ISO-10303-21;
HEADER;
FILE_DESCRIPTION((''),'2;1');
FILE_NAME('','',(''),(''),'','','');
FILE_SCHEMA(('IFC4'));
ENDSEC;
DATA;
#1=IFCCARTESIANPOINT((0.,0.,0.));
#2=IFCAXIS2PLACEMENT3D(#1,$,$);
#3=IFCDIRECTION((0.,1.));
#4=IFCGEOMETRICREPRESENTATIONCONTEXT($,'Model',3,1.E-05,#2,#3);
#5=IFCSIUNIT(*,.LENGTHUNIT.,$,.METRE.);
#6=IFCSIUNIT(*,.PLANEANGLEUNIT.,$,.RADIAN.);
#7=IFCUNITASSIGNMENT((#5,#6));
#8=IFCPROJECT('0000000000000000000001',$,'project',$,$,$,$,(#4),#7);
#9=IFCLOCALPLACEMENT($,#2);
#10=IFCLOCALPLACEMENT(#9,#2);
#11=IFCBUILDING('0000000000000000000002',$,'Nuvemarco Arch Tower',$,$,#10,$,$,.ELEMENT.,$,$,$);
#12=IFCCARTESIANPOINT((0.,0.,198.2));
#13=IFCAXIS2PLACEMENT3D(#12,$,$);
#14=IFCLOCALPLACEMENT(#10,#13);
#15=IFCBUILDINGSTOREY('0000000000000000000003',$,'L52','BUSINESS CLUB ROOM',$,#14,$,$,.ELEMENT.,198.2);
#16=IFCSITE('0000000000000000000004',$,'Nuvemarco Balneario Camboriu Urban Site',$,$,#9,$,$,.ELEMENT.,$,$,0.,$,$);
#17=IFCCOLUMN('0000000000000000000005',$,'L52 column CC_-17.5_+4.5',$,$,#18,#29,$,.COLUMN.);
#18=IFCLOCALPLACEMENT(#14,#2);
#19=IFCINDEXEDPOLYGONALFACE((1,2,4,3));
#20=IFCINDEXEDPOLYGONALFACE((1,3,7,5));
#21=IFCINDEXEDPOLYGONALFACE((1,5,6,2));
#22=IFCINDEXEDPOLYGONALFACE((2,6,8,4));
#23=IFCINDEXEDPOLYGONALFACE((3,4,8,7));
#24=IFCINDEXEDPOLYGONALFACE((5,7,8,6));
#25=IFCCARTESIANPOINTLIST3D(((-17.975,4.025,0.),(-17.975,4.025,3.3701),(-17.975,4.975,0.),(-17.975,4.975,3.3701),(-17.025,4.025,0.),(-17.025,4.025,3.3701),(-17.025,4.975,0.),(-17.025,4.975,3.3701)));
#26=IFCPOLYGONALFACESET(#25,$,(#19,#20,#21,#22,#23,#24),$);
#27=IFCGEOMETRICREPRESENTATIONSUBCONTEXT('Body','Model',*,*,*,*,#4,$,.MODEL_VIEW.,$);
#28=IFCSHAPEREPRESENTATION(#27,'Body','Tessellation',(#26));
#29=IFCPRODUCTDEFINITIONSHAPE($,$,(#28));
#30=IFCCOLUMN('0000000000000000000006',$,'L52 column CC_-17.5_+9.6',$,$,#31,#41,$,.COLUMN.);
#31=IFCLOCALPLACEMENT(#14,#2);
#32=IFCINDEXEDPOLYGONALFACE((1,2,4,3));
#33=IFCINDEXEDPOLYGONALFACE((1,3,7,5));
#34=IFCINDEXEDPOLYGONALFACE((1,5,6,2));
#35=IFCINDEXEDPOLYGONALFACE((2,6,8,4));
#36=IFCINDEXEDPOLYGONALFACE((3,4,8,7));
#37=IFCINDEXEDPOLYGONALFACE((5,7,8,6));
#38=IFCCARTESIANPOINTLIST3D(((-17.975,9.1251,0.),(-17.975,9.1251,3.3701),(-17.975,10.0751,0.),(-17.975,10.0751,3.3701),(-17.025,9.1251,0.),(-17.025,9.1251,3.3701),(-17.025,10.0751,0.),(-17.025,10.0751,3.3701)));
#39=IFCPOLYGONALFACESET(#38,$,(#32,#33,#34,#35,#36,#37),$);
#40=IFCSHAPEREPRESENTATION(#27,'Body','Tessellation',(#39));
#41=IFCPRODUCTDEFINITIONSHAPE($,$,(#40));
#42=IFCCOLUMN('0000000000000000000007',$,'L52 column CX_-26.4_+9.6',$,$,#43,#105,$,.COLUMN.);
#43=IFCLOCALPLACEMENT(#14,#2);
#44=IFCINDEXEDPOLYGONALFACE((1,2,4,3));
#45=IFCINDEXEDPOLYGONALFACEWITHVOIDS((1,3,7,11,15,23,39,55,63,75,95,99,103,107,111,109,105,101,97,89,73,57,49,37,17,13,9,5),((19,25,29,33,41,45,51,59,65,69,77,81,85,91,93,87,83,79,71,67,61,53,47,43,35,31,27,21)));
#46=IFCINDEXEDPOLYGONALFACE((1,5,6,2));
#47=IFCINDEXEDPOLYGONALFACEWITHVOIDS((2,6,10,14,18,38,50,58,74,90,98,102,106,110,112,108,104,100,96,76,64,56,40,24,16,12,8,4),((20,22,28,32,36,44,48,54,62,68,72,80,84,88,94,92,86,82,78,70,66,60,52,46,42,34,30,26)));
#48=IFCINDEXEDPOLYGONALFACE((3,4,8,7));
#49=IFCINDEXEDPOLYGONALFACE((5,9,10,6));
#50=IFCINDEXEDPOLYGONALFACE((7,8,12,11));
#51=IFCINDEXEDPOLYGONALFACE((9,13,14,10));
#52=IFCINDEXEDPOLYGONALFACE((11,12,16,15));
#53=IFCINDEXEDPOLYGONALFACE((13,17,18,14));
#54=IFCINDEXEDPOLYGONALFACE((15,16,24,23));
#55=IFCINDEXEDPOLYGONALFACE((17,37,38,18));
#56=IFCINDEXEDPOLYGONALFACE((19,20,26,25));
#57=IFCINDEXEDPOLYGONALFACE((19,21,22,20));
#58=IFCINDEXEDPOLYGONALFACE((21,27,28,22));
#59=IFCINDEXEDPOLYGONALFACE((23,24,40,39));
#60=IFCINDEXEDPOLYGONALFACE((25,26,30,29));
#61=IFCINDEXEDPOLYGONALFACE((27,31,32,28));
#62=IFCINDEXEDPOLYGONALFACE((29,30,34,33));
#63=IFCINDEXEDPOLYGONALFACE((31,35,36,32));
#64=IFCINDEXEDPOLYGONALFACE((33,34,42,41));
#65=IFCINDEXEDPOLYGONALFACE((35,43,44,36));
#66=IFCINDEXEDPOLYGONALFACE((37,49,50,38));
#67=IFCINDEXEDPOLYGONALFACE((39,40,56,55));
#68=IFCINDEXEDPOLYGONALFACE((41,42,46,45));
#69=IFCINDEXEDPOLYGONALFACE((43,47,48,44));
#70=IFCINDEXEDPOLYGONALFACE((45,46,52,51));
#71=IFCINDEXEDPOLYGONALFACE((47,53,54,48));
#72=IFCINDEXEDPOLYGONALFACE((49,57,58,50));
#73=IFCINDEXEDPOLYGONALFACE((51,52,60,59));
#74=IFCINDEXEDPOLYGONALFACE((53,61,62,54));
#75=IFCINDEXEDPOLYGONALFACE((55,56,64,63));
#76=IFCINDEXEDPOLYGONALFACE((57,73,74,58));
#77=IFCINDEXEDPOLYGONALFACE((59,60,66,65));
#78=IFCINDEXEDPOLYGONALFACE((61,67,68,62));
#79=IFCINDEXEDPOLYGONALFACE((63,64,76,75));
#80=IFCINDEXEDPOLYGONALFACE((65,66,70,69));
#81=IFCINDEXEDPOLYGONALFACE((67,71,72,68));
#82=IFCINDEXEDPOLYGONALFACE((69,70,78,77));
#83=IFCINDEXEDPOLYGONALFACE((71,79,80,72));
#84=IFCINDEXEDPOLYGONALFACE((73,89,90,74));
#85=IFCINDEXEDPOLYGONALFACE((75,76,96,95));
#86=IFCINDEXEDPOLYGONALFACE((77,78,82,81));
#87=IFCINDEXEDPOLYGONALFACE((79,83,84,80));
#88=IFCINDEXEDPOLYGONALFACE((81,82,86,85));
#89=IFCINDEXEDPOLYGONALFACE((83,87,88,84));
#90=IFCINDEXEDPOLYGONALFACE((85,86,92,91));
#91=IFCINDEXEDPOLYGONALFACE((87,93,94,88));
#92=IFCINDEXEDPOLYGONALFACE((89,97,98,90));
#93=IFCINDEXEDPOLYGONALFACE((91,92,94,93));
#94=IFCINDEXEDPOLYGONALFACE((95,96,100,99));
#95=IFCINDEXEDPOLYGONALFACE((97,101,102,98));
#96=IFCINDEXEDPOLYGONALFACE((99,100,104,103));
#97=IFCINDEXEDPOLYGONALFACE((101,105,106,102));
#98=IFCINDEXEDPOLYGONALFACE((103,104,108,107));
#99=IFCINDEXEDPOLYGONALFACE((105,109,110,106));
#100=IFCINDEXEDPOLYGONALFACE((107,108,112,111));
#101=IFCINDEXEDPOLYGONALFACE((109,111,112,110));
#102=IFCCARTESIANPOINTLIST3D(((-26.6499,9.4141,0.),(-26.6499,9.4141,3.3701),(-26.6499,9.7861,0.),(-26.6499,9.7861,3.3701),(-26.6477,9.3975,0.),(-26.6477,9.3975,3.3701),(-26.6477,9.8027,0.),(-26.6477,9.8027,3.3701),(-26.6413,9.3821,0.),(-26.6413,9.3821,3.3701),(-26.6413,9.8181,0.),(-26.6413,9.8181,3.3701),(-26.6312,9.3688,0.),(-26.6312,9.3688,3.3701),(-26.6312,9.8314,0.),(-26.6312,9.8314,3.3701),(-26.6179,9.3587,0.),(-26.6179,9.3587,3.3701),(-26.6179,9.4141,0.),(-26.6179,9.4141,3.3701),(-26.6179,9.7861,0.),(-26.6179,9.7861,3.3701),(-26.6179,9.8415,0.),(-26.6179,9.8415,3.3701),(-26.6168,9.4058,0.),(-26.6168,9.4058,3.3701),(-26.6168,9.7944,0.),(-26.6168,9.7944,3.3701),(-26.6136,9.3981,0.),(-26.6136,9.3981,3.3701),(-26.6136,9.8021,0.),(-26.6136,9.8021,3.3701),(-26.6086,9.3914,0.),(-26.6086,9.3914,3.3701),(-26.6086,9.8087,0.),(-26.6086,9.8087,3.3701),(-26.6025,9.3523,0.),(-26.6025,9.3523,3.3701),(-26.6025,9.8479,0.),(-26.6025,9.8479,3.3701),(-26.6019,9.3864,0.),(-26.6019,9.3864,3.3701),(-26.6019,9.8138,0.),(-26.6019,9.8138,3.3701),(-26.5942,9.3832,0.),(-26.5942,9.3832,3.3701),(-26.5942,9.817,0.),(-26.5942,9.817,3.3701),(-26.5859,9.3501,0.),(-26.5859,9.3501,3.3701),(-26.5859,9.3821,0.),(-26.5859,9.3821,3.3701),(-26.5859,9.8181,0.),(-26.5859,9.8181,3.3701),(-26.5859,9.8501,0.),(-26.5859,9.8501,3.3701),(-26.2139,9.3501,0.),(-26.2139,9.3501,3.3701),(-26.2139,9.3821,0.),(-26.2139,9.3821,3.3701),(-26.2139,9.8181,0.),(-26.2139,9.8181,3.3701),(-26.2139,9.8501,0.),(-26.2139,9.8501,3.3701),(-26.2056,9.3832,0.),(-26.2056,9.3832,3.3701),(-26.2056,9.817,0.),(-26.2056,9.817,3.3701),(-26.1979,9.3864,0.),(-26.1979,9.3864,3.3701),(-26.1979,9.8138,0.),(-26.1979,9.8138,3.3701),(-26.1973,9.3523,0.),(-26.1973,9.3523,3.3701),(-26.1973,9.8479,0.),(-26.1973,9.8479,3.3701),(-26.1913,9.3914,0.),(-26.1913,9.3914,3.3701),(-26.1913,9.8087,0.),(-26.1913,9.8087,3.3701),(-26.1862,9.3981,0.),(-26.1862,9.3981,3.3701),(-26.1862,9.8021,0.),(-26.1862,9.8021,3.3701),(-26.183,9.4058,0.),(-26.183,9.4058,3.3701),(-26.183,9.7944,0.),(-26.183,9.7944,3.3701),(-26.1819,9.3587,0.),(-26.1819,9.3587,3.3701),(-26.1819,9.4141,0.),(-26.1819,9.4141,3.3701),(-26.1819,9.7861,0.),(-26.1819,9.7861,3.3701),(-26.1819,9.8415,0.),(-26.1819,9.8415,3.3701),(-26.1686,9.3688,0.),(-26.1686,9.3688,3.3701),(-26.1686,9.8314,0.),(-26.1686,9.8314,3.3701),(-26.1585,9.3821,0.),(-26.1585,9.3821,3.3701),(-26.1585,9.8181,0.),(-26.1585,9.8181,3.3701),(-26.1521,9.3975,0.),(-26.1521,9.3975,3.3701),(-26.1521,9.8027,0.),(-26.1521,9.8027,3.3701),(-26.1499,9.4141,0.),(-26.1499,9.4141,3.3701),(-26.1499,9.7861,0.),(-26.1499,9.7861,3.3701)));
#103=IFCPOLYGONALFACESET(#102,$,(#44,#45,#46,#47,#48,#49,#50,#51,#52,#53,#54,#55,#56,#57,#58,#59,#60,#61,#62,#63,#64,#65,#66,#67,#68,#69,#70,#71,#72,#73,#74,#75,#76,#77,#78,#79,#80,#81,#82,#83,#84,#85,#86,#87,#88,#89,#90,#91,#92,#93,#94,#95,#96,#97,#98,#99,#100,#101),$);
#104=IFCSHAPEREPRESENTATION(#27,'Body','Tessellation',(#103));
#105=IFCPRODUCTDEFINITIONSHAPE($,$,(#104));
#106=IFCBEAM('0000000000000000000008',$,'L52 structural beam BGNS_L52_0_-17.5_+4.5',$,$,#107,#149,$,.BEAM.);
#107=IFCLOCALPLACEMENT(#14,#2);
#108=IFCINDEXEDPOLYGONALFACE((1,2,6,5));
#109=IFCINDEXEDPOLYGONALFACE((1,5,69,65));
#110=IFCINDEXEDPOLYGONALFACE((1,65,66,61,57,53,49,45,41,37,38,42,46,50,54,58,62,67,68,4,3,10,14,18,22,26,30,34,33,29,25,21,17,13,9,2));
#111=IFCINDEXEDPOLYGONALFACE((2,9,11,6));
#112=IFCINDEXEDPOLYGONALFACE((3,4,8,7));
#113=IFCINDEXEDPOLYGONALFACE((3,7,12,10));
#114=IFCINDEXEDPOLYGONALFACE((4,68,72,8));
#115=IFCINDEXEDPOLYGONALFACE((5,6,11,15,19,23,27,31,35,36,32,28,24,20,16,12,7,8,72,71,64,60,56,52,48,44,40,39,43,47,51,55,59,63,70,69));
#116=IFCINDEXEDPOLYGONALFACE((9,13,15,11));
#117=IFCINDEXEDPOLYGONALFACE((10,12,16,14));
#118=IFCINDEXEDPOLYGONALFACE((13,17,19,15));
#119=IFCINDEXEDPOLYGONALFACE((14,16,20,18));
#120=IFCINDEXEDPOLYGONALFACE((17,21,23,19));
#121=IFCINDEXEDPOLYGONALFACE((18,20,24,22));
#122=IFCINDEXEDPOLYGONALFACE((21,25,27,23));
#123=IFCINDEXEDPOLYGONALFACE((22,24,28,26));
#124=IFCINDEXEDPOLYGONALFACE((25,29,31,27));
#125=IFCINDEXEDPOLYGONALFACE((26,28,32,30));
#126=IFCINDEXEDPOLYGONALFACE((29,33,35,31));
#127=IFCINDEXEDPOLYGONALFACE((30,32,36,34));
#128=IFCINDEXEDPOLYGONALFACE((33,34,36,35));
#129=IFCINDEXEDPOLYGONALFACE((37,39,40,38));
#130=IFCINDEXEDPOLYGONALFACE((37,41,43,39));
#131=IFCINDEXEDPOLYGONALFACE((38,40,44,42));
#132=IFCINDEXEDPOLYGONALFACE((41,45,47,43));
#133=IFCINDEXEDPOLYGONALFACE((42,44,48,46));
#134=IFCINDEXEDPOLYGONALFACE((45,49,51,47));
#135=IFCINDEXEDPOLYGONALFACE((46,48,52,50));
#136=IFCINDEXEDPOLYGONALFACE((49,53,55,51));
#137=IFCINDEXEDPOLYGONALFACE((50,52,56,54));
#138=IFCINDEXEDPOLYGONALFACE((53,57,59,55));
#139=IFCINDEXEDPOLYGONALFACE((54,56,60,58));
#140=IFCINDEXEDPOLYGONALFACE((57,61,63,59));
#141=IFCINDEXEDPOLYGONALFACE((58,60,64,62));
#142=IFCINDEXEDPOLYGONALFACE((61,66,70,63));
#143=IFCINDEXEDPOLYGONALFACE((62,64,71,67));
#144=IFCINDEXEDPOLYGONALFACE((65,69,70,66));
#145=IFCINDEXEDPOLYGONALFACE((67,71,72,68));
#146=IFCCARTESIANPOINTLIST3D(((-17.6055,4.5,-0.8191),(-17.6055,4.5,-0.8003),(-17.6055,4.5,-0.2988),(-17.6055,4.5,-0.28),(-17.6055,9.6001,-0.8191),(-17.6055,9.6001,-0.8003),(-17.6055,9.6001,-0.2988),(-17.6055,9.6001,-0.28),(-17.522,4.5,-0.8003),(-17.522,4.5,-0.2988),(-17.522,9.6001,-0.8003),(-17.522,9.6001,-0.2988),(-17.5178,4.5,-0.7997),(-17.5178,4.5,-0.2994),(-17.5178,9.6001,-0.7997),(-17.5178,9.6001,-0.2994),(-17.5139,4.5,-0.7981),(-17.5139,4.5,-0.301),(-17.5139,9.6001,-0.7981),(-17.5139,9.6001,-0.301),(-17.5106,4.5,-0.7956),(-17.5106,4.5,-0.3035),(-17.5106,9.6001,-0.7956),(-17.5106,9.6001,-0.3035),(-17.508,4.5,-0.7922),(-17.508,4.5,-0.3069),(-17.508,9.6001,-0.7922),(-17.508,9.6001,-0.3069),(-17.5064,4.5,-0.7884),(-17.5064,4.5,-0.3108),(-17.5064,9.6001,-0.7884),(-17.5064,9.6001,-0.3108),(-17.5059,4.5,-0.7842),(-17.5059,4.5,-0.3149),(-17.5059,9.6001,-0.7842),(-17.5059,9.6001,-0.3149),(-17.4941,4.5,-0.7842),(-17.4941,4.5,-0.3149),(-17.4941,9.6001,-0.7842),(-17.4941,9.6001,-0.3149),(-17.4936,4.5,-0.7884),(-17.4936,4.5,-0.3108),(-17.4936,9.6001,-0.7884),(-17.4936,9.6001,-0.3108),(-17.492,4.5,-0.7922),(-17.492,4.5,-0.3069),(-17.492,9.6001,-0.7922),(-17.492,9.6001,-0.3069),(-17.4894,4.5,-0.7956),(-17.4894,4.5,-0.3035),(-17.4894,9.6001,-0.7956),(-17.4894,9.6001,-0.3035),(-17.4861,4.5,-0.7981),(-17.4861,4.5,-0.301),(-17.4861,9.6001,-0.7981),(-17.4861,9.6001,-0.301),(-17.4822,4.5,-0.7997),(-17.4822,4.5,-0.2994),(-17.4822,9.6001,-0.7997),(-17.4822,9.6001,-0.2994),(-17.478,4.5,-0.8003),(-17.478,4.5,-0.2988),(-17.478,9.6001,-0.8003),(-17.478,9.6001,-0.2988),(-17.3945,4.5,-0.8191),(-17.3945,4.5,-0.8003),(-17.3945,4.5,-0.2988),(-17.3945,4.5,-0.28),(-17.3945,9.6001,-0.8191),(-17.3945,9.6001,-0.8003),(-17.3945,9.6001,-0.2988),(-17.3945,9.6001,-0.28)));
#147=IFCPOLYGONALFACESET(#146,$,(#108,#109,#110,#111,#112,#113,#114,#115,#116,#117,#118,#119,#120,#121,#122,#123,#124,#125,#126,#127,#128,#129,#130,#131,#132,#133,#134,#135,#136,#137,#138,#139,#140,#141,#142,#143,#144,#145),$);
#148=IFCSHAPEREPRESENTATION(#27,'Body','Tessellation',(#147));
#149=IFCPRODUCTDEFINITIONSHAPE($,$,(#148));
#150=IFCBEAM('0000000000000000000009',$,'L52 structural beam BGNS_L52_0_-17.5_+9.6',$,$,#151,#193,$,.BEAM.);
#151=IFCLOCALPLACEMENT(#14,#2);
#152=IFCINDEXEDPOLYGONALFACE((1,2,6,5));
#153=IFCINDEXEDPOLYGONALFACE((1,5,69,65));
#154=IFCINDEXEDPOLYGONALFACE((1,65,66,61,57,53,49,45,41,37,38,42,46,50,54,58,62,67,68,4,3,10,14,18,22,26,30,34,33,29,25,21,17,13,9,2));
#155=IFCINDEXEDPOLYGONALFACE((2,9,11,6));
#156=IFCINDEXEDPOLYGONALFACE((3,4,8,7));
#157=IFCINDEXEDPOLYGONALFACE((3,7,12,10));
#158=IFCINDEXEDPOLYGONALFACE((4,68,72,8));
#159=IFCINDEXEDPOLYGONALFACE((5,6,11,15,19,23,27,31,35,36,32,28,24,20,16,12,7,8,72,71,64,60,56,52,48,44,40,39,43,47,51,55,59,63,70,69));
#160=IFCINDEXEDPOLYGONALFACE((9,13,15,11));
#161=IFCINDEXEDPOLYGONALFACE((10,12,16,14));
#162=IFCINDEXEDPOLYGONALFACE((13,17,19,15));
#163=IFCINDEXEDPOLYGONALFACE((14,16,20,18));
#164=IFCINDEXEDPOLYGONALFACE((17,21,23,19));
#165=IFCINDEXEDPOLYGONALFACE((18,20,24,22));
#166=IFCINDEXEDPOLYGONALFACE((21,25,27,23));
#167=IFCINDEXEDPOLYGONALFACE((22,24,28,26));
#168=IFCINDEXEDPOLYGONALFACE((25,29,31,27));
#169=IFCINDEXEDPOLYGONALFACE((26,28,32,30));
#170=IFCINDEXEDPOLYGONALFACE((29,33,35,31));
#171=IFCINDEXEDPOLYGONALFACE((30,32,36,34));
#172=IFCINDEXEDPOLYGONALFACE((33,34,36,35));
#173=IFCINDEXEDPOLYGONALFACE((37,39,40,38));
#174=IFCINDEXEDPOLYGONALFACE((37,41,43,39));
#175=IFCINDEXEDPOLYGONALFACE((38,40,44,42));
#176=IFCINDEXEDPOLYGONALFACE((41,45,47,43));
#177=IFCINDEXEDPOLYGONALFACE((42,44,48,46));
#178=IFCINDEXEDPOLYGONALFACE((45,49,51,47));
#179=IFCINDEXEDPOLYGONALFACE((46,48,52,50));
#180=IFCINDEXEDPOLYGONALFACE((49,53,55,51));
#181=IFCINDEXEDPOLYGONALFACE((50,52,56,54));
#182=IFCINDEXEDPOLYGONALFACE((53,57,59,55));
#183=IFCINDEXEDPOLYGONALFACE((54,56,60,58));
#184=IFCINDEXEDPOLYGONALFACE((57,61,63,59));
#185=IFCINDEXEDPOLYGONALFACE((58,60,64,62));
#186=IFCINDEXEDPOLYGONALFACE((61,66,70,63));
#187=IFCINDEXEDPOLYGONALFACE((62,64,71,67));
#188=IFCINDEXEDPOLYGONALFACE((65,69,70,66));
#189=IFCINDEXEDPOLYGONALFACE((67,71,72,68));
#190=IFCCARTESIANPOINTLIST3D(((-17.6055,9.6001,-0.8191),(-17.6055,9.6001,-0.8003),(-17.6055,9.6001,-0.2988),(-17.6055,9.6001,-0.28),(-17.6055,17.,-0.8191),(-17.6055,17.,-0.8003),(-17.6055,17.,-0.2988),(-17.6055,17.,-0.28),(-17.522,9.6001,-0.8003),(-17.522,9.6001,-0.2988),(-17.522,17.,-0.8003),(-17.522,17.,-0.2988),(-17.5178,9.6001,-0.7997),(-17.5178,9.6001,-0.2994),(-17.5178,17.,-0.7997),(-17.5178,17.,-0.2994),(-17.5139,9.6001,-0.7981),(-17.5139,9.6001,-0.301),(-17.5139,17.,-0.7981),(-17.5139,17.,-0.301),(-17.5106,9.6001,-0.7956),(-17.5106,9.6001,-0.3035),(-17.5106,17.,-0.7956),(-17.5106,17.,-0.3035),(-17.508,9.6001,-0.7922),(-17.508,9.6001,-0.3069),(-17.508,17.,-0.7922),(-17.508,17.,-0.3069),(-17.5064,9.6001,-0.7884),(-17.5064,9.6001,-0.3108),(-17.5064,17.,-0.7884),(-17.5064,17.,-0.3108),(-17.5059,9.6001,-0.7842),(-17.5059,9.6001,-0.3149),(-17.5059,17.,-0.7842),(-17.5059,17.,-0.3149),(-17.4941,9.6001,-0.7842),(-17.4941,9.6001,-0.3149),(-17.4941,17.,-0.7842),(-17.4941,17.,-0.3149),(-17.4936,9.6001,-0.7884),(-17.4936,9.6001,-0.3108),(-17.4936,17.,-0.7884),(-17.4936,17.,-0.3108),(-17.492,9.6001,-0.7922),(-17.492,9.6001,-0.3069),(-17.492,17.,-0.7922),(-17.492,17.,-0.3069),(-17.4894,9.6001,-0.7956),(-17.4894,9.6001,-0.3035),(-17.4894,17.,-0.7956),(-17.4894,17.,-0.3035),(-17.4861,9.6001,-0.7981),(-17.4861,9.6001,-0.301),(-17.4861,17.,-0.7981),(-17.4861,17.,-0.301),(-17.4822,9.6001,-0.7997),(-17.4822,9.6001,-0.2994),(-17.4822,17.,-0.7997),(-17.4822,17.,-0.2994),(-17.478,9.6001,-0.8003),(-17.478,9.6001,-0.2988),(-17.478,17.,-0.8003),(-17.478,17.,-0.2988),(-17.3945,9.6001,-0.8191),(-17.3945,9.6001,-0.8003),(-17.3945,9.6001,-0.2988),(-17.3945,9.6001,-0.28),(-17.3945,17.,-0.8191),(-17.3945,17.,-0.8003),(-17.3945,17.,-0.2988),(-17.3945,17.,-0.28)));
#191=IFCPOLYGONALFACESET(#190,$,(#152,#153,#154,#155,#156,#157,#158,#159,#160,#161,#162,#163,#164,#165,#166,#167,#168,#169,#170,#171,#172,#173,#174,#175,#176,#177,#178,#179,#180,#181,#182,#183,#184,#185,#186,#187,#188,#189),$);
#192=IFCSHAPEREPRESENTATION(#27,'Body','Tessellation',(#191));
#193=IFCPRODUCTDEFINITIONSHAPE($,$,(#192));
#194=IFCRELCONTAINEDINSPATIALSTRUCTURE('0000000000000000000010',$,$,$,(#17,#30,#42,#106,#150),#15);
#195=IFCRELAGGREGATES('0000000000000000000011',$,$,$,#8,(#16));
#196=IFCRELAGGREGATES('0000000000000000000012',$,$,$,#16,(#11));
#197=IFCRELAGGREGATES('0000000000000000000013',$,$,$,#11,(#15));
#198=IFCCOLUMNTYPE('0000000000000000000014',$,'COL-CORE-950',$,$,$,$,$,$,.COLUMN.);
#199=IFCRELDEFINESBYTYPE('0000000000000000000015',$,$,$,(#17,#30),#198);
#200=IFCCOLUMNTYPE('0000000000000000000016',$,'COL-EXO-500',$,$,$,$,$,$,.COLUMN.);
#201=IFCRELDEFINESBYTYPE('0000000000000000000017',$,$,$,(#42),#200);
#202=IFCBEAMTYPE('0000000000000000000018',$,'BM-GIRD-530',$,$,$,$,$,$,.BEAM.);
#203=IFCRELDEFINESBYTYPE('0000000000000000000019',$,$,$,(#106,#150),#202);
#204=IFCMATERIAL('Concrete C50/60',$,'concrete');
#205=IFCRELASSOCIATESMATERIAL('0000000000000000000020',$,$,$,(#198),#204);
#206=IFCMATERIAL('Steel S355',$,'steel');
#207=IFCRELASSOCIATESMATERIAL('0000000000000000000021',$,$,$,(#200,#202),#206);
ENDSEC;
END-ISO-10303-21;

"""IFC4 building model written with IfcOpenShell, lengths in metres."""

from ifc_helpers import new_model, si_unit, direction, frame, origin, origin_2d, place, context, subcontext, project, spatial, rectangle, hollow_rectangle, i_section, extrude, material, material_profile, profile_set, type_object, element, save


model = new_model("IFC4")

# Units and contexts
model_context = context("Model", 3, precision=1e-05, world=origin(), true_north=direction((0.0, 1.0)))
body_context = subcontext(model_context, "Body", "Model", "MODEL_VIEW")
ifc_project = project(units=[si_unit("LENGTHUNIT", "METRE"), si_unit("PLANEANGLEUNIT", "RADIAN")], contexts=[model_context])

# Site, building, storey
site_placement = place(None, origin())
site = spatial("IfcSite", under=ifc_project, at=site_placement, Name="Nuvemarco Balneario Camboriu Urban Site", CompositionType="ELEMENT", RefElevation=0.0)
building_placement = place(site_placement, origin())
building = spatial("IfcBuilding", under=site, at=building_placement, Name="Nuvemarco Arch Tower", CompositionType="ELEMENT")
storey_placement = place(building_placement, frame((0.0, 0.0, 198.2)))
storey = spatial("IfcBuildingStorey", under=building, at=storey_placement, Name="L52", Description="BUSINESS CLUB ROOM", CompositionType="ELEMENT", Elevation=198.2)

# Columns
ifc_material_1 = material(Name="Concrete C50/60", Category="concrete")
ifc_material_profile_1 = material_profile(ifc_material_1, rectangle(XDim=0.95, YDim=0.95, at=origin_2d()), Name="RC-COL-950x950")
ifc_profile_set_1 = profile_set([ifc_material_profile_1], Name="Concrete C50/60")
column_type_1 = type_object("IfcColumnType", Name="COL-CORE-950", PredefinedType="COLUMN", material=ifc_profile_set_1)
for number, where, z_axis, x_axis, name in (
    (1, (-17.5, 4.5, 0.0), (0.0, 0.0, 1.0), (1.0, 0.0, 0.0), "L52 column CC_-17.5_+4.5"),
    (2, (-17.5, 9.6001, 0.0), (0.0, 0.0, 1.0), (1.0, 0.0, 0.0), "L52 column CC_-17.5_+9.6"),
):
    element("IfcColumn", number, at=place(storey_placement, frame(where, z_axis=z_axis, x_axis=x_axis)), inside=storey, type_object=column_type_1, Name=name, PredefinedType="COLUMN", context=body_context, shape_type="SweptSolid", body=[
        extrude(rectangle(XDim=0.95, YDim=0.95, at=origin_2d()), origin(), (0.0, 0.0, 1.0), 3.3701),
    ])
ifc_material_2 = material(Name="Steel S355", Category="steel")
ifc_material_profile_2 = material_profile(ifc_material_2, hollow_rectangle(XDim=0.5, YDim=0.5, WallThickness=0.032, InnerFilletRadius=0.032, OuterFilletRadius=0.064, at=origin_2d()), Name="SHS500x500x32")
ifc_profile_set_2 = profile_set([ifc_material_profile_2], Name="Steel S355")
column_type_2 = type_object("IfcColumnType", Name="COL-EXO-500", PredefinedType="COLUMN", material=ifc_profile_set_2)
column_placement = place(storey_placement, frame((-26.3999, 9.6001, 0.0), z_axis=(0.0, 0.0, 1.0), x_axis=(1.0, 0.0, 0.0)))
element("IfcColumn", 3, at=column_placement, inside=storey, type_object=column_type_2, Name="L52 column CX_-26.4_+9.6", PredefinedType="COLUMN", context=body_context, shape_type="SweptSolid", body=[
    extrude(hollow_rectangle(XDim=0.5, YDim=0.5, WallThickness=0.032, InnerFilletRadius=0.032, OuterFilletRadius=0.064, at=origin_2d()), origin(), (0.0, 0.0, 1.0), 3.3701),
])

# Beams
ifc_material_profile_3 = material_profile(ifc_material_2, i_section(OverallWidth=0.2109, OverallDepth=0.5391, WebThickness=0.0117, FlangeThickness=0.0188, FilletRadius=0.0161, at=origin_2d()), Name="W530x109")
ifc_profile_set_3 = profile_set([ifc_material_profile_3], Name="Steel S355")
beam_type_1 = type_object("IfcBeamType", Name="BM-GIRD-530", PredefinedType="BEAM", material=ifc_profile_set_3)
beam_1_placement = place(storey_placement, frame((-17.5, 4.5, -0.5496), z_axis=(0.0, 1.0, 0.0), x_axis=(-1.0, 0.0, 0.0)))
element("IfcBeam", 4, at=beam_1_placement, inside=storey, type_object=beam_type_1, Name="L52 structural beam BGNS_L52_0_-17.5_+4.5", PredefinedType="BEAM", context=body_context, shape_type="SweptSolid", body=[
    extrude(i_section(OverallWidth=0.2109, OverallDepth=0.5391, WebThickness=0.0117, FlangeThickness=0.0188, FilletRadius=0.0161, at=origin_2d()), origin(), (0.0, 0.0, 1.0), 5.1001),
])
beam_2_placement = place(storey_placement, frame((-17.5, 9.6001, -0.5496), z_axis=(0.0, 1.0, 0.0), x_axis=(-1.0, 0.0, 0.0)))
element("IfcBeam", 5, at=beam_2_placement, inside=storey, type_object=beam_type_1, Name="L52 structural beam BGNS_L52_0_-17.5_+9.6", PredefinedType="BEAM", context=body_context, shape_type="SweptSolid", body=[
    extrude(i_section(OverallWidth=0.2109, OverallDepth=0.5391, WebThickness=0.0117, FlangeThickness=0.0188, FilletRadius=0.0161, at=origin_2d()), origin(), (0.0, 0.0, 1.0), 7.3999),
])

save(model, "model.ifc")
